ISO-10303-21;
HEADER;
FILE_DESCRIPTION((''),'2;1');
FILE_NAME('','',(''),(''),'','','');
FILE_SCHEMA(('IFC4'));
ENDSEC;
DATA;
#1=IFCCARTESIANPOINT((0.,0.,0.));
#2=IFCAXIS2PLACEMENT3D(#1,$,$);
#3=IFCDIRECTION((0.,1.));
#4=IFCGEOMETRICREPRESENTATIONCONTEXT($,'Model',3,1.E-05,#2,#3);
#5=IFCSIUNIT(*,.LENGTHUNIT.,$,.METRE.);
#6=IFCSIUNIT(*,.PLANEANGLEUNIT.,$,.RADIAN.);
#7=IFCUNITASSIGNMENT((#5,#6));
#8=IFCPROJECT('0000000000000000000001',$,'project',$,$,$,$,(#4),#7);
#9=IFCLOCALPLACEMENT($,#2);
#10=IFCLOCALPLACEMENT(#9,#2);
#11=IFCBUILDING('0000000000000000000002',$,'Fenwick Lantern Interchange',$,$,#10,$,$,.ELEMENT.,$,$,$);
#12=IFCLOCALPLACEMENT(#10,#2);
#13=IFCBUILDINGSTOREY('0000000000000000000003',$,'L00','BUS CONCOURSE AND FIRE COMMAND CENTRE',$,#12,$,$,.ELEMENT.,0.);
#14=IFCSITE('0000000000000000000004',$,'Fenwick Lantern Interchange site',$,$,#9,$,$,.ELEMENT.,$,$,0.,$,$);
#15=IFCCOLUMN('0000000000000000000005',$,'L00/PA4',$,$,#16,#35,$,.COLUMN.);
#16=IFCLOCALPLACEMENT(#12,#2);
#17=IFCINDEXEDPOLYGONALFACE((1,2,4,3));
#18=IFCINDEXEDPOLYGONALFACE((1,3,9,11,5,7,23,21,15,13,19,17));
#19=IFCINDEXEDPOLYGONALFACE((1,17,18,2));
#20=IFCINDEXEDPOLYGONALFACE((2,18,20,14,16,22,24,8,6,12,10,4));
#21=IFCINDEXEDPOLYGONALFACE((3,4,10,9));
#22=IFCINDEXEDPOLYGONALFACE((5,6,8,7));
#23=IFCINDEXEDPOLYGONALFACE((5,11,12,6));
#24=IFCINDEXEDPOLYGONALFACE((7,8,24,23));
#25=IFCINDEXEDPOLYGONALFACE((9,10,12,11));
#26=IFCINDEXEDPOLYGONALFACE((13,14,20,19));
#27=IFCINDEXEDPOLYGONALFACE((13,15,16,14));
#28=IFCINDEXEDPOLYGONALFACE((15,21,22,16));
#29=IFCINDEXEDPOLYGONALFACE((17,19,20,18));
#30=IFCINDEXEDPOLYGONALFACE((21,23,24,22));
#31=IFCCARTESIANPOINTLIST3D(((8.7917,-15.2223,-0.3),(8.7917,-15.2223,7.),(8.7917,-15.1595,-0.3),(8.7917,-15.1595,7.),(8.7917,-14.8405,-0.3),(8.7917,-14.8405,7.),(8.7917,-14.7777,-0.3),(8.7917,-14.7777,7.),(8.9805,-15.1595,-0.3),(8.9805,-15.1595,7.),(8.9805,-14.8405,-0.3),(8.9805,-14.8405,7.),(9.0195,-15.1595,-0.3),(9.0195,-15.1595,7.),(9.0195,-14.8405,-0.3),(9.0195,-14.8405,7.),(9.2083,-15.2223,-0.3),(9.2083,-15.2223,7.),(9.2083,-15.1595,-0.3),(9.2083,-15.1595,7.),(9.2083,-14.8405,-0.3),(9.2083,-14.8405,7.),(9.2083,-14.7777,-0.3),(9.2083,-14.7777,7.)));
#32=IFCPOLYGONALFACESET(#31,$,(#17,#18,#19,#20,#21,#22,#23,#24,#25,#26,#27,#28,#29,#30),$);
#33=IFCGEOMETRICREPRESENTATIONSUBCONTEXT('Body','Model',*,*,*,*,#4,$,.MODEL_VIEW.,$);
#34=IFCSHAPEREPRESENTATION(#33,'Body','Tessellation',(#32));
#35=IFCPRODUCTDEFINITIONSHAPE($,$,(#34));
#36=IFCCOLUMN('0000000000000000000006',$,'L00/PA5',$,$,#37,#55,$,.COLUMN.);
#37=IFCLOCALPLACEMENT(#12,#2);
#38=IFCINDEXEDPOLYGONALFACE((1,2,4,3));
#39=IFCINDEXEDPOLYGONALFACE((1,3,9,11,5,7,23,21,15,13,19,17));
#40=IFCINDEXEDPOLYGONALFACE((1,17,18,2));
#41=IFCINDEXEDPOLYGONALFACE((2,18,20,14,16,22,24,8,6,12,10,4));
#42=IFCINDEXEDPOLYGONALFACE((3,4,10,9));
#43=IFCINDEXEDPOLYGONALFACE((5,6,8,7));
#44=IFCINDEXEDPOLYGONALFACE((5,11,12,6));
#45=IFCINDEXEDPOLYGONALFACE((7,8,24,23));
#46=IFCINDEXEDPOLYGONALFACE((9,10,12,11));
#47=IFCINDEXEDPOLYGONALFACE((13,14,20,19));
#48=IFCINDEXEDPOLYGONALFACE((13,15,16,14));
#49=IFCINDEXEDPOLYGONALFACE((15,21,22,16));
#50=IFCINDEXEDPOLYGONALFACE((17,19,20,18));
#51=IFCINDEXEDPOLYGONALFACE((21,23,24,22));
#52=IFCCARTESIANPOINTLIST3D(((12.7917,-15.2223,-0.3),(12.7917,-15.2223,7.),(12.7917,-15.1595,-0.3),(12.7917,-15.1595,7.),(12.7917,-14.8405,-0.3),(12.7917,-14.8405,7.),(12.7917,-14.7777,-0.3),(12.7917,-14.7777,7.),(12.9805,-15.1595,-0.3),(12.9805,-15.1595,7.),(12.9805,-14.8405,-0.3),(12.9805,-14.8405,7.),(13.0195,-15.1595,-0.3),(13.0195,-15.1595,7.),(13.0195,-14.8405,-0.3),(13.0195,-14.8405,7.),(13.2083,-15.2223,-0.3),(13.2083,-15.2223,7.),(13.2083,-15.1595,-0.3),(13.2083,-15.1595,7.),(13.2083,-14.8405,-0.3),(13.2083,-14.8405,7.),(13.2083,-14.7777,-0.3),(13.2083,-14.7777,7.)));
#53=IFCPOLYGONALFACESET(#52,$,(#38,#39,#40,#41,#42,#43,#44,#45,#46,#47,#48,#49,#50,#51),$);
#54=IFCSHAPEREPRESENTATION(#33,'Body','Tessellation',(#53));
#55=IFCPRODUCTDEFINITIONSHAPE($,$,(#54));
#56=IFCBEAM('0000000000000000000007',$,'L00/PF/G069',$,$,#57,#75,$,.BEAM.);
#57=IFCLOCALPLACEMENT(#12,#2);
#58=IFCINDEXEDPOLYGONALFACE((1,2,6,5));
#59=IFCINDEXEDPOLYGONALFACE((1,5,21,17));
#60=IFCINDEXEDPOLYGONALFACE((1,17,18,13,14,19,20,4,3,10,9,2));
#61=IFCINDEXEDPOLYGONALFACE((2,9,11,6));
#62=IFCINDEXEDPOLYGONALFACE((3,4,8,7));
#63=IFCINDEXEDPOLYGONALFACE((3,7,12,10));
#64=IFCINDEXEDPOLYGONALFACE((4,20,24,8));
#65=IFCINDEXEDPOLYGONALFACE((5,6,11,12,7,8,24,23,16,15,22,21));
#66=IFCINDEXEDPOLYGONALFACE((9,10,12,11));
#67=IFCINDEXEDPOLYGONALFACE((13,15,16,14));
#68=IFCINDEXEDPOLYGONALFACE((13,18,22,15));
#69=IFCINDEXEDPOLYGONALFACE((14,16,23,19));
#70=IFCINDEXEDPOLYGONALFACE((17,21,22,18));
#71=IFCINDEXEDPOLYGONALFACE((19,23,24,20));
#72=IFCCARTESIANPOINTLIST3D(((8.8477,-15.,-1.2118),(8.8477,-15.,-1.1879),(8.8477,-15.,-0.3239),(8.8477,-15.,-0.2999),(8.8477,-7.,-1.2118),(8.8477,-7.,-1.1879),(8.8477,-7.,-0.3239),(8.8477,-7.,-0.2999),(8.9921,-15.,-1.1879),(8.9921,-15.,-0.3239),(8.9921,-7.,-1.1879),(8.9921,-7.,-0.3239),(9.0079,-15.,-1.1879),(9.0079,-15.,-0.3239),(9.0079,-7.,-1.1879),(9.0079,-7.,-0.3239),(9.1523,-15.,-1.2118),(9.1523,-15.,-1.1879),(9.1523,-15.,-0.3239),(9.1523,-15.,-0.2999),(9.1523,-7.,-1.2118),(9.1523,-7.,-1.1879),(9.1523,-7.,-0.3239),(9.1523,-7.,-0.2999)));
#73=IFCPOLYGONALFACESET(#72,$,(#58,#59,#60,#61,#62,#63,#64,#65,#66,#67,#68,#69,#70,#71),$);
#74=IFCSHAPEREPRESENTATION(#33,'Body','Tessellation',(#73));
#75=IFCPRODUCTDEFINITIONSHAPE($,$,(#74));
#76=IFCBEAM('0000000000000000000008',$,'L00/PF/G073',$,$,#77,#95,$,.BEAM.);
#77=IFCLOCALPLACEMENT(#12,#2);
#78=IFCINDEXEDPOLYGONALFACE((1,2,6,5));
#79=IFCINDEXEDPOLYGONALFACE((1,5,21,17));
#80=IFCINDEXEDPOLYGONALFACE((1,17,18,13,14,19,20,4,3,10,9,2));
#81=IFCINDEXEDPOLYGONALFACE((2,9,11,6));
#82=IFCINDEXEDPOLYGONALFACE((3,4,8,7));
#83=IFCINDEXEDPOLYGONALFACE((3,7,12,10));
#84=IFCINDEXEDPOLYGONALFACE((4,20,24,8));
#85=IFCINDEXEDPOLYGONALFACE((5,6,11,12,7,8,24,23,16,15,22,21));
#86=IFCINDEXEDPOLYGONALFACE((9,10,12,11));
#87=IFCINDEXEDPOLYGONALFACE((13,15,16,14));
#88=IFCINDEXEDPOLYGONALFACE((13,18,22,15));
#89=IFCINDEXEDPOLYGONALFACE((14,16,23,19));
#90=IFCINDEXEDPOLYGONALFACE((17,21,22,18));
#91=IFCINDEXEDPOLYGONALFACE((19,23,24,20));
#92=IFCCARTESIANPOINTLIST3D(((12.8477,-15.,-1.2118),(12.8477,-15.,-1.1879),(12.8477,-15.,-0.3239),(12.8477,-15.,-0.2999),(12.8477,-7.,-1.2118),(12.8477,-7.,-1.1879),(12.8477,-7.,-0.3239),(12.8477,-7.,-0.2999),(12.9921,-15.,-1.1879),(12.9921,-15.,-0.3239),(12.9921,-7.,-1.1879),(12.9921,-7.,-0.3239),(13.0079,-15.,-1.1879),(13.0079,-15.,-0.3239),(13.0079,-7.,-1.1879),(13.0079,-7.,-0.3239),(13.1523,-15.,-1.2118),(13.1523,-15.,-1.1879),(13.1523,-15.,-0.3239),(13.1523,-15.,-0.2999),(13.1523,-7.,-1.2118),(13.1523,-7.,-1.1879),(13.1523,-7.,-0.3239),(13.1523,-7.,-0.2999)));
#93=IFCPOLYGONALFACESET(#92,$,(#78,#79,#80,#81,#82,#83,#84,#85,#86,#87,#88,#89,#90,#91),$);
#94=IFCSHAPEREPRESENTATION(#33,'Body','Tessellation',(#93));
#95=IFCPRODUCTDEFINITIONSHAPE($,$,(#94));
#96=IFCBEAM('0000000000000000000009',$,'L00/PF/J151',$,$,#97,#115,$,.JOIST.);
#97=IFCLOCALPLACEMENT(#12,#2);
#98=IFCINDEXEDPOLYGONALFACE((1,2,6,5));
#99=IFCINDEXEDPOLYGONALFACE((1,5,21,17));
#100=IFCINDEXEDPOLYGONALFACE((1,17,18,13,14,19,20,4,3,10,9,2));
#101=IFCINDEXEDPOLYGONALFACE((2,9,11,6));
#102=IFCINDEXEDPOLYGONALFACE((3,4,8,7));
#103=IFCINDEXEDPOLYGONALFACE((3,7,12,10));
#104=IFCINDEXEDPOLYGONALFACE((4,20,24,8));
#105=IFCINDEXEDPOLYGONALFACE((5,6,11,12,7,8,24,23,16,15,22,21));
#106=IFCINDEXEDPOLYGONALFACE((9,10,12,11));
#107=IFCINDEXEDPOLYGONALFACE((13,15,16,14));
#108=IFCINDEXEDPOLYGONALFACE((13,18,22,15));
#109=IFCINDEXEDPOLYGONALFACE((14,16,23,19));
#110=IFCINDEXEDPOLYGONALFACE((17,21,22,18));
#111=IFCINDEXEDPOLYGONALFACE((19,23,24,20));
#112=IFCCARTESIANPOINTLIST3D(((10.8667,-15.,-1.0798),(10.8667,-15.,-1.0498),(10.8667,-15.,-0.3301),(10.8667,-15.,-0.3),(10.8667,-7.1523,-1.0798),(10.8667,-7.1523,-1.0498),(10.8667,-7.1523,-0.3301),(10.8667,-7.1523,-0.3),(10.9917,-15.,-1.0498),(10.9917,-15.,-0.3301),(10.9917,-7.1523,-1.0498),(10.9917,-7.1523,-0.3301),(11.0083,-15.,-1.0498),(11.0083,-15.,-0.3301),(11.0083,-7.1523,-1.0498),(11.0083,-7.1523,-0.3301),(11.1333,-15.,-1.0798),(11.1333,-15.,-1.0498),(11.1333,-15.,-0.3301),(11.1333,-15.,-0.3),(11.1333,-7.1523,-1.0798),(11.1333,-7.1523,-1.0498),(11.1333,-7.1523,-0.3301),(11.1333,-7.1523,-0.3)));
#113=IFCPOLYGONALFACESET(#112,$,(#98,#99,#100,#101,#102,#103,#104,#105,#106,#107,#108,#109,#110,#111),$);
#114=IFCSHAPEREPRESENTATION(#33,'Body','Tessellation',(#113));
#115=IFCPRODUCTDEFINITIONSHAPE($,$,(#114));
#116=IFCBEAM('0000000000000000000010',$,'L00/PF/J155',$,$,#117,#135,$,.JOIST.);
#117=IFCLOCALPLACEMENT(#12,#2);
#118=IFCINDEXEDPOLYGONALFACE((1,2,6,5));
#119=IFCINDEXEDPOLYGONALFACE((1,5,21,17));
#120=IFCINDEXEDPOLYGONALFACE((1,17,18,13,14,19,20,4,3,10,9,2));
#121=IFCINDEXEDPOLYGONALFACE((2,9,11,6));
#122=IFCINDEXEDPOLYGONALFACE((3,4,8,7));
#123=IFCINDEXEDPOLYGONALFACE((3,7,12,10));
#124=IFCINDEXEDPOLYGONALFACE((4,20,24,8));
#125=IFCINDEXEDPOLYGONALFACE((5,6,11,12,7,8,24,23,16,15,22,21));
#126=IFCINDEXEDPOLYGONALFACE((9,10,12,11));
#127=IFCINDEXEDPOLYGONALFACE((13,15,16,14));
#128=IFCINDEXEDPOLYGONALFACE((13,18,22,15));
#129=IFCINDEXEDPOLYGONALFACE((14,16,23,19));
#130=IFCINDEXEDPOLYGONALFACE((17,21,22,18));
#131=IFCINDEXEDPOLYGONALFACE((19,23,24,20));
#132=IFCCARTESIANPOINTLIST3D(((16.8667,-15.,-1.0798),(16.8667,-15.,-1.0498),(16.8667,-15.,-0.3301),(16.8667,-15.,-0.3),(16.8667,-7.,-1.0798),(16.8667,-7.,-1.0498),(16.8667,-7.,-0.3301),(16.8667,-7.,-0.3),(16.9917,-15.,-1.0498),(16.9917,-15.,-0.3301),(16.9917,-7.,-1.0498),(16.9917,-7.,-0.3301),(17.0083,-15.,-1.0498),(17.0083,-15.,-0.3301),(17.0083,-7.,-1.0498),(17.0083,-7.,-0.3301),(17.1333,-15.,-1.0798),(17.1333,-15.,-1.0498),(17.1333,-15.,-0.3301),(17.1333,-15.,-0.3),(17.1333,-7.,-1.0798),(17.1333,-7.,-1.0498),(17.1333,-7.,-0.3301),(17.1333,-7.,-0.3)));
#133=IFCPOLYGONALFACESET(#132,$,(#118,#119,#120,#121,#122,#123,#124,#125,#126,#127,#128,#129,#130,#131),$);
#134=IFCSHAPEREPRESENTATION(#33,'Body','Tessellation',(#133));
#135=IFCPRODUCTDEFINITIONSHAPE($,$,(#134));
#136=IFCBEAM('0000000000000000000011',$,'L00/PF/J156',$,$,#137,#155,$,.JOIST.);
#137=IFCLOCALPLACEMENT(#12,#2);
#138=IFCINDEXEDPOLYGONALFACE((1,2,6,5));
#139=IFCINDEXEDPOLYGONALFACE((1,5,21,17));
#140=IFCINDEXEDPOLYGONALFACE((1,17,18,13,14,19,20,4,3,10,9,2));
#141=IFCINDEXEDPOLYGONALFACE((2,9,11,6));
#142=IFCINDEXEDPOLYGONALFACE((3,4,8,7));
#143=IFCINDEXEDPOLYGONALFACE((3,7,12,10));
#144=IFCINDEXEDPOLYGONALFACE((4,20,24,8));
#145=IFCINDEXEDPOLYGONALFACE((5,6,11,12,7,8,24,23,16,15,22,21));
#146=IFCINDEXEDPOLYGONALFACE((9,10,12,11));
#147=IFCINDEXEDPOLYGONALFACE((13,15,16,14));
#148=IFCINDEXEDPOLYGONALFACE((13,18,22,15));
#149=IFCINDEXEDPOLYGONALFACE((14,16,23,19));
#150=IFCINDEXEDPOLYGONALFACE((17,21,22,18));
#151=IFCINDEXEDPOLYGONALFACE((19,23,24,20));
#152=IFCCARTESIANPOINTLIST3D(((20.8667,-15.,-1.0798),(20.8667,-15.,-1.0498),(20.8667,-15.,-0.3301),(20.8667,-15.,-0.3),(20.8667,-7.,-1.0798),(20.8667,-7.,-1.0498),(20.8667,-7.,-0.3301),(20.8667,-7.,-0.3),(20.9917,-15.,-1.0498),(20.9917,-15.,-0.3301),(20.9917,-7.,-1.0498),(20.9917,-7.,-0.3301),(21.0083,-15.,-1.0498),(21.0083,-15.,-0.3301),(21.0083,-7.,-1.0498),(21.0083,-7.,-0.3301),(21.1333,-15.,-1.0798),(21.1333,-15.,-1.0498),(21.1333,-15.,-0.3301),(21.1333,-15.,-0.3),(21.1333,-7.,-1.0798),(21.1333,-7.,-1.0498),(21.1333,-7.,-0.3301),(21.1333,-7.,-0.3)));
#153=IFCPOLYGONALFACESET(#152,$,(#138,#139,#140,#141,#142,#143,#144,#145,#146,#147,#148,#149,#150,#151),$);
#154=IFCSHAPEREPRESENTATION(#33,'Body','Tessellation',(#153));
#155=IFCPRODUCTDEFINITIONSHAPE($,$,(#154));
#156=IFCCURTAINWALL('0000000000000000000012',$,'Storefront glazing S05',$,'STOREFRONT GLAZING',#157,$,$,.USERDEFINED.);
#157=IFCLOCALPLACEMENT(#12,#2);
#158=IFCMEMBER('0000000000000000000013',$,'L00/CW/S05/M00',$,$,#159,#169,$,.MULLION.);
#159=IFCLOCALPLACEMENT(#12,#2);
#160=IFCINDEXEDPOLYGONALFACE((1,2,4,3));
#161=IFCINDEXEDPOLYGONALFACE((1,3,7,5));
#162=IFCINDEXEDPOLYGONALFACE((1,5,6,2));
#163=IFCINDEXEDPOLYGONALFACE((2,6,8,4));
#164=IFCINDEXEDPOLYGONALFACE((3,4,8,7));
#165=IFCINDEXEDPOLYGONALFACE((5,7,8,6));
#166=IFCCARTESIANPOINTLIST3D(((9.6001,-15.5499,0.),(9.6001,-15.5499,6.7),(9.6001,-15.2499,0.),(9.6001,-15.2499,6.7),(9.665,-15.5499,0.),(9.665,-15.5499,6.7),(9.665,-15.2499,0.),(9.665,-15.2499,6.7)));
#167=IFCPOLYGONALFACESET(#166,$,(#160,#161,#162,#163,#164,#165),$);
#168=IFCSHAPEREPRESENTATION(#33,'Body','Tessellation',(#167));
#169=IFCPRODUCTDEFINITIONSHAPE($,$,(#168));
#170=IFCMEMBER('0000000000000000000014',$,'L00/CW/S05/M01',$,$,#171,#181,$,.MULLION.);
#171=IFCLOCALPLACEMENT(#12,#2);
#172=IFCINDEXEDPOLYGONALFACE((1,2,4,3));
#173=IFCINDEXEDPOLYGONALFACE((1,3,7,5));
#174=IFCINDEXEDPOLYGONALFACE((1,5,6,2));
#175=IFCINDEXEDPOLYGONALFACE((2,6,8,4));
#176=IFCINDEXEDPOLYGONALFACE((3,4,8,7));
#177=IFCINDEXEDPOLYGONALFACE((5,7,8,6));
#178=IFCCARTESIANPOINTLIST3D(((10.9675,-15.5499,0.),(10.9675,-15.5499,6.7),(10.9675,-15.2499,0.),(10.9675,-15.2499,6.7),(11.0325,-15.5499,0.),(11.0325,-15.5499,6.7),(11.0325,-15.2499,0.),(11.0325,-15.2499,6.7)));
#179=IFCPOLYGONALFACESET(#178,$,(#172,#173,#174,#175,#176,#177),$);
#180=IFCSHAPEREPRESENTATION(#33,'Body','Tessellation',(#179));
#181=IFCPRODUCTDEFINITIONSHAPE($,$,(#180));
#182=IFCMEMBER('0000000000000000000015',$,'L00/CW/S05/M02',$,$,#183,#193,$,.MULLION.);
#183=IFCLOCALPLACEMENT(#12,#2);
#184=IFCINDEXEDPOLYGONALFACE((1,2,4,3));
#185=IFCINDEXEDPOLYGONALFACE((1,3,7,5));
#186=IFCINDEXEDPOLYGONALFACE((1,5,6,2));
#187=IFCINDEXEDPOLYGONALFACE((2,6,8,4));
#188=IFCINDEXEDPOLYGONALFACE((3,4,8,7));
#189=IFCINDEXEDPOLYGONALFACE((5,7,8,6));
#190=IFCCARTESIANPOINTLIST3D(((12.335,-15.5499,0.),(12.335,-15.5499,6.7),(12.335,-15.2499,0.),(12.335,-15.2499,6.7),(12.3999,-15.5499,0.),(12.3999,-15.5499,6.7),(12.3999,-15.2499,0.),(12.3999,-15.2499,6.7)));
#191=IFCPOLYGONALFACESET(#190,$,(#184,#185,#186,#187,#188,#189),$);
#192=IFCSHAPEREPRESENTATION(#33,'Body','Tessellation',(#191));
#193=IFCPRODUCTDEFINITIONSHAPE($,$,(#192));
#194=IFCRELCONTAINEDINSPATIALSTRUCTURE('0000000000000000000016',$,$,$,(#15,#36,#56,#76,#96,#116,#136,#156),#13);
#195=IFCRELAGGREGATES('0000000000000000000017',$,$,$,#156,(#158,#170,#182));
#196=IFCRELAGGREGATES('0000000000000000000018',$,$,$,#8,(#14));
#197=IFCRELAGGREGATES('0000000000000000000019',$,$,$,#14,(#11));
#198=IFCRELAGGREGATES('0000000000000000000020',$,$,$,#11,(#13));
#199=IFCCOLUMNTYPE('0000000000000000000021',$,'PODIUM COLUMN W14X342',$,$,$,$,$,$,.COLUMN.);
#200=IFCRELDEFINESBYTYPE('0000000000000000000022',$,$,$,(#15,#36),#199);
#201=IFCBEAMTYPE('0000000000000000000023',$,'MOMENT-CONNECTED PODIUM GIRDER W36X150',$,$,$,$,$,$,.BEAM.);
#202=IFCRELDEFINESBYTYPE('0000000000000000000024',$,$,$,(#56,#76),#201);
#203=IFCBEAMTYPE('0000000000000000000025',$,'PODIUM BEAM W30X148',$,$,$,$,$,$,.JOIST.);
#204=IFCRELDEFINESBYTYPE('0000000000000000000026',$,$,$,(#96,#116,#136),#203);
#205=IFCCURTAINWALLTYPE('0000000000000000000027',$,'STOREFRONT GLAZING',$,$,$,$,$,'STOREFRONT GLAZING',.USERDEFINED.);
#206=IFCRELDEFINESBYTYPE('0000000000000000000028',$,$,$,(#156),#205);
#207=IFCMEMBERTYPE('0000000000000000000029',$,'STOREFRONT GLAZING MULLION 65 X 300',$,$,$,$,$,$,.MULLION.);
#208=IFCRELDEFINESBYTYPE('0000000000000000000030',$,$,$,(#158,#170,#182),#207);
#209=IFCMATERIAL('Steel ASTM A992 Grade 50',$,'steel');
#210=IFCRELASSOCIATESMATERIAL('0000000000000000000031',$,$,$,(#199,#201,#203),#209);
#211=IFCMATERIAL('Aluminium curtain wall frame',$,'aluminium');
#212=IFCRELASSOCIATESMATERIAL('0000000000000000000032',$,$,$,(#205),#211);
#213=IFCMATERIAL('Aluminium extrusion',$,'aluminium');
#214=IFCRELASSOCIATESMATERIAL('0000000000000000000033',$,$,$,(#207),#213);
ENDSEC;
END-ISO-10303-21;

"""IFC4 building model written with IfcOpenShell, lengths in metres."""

from ifc_helpers import new_model, si_unit, direction, frame, origin, origin_2d, place, context, subcontext, project, spatial, rectangle, i_section, extrude, material, material_profile, profile_set, type_object, element, aggregate, save


model = new_model("IFC4")

# Units and contexts
model_context = context("Model", 3, precision=1e-05, world=origin(), true_north=direction((0.0, 1.0)))
body_context = subcontext(model_context, "Body", "Model", "MODEL_VIEW")
ifc_project = project(units=[si_unit("LENGTHUNIT", "METRE"), si_unit("PLANEANGLEUNIT", "RADIAN")], contexts=[model_context])

# Site, building, storey
site_placement = place(None, origin())
site = spatial("IfcSite", under=ifc_project, at=site_placement, Name="Fenwick Lantern Interchange site", CompositionType="ELEMENT", RefElevation=0.0)
building_placement = place(site_placement, origin())
building = spatial("IfcBuilding", under=site, at=building_placement, Name="Fenwick Lantern Interchange", CompositionType="ELEMENT")
storey_placement = place(building_placement, origin())
storey = spatial("IfcBuildingStorey", under=building, at=storey_placement, Name="L00", Description="BUS CONCOURSE AND FIRE COMMAND CENTRE", CompositionType="ELEMENT", Elevation=0.0)

# Columns
ifc_material_1 = material(Name="Steel ASTM A992 Grade 50", Category="steel")
ifc_material_profile_1 = material_profile(ifc_material_1, i_section(OverallWidth=0.4165, OverallDepth=0.4446, WebThickness=0.0391, FlangeThickness=0.0627, at=origin_2d()), Name="W14X342")
ifc_profile_set_1 = profile_set([ifc_material_profile_1], Name="Steel ASTM A992 Grade 50")
column_type = type_object("IfcColumnType", Name="PODIUM COLUMN W14X342", PredefinedType="COLUMN", material=ifc_profile_set_1)
for number, where, z_axis, x_axis, name in (
    (1, (9.0, -15.0, -0.3), (0.0, 0.0, 1.0), (1.0, 0.0, 0.0), "L00/PA4"),
    (2, (13.0, -15.0, -0.3), (0.0, 0.0, 1.0), (1.0, 0.0, 0.0), "L00/PA5"),
):
    element("IfcColumn", number, at=place(storey_placement, frame(where, z_axis=z_axis, x_axis=x_axis)), inside=storey, type_object=column_type, Name=name, PredefinedType="COLUMN", context=body_context, shape_type="SweptSolid", body=[
        extrude(i_section(OverallWidth=0.4165, OverallDepth=0.4446, WebThickness=0.0391, FlangeThickness=0.0627, at=origin_2d()), origin(), (0.0, 0.0, 1.0), 7.3),
    ])

# Beams
ifc_material_profile_2 = material_profile(ifc_material_1, i_section(OverallWidth=0.3047, OverallDepth=0.9119, WebThickness=0.0159, FlangeThickness=0.0239, at=origin_2d()), Name="W36X150")
ifc_profile_set_2 = profile_set([ifc_material_profile_2], Name="Steel ASTM A992 Grade 50")
beam_type_1 = type_object("IfcBeamType", Name="MOMENT-CONNECTED PODIUM GIRDER W36X150", PredefinedType="BEAM", material=ifc_profile_set_2)
for number, where, z_axis, x_axis, name in (
    (3, (9.0, -15.0, -0.7559), (0.0, 1.0, 0.0), (-1.0, 0.0, 0.0), "L00/PF/G069"),
    (4, (13.0, -15.0, -0.7559), (0.0, 1.0, 0.0), (-1.0, 0.0, 0.0), "L00/PF/G073"),
):
    element("IfcBeam", number, at=place(storey_placement, frame(where, z_axis=z_axis, x_axis=x_axis)), inside=storey, type_object=beam_type_1, Name=name, PredefinedType="BEAM", context=body_context, shape_type="SweptSolid", body=[
        extrude(i_section(OverallWidth=0.3047, OverallDepth=0.9119, WebThickness=0.0159, FlangeThickness=0.0239, at=origin_2d()), origin(), (0.0, 0.0, 1.0), 8.0),
    ])
ifc_material_profile_3 = material_profile(ifc_material_1, i_section(OverallWidth=0.2666, OverallDepth=0.7798, WebThickness=0.0166, FlangeThickness=0.03, at=origin_2d()), Name="W30X148")
ifc_profile_set_3 = profile_set([ifc_material_profile_3], Name="Steel ASTM A992 Grade 50")
beam_type_2 = type_object("IfcBeamType", Name="PODIUM BEAM W30X148", PredefinedType="JOIST", material=ifc_profile_set_3)
beam_placement = place(storey_placement, frame((11.0, -15.0, -0.6899), z_axis=(0.0, 1.0, 0.0), x_axis=(-1.0, 0.0, 0.0)))
element("IfcBeam", 5, at=beam_placement, inside=storey, type_object=beam_type_2, Name="L00/PF/J151", PredefinedType="JOIST", context=body_context, shape_type="SweptSolid", body=[
    extrude(i_section(OverallWidth=0.2666, OverallDepth=0.7798, WebThickness=0.0166, FlangeThickness=0.03, at=origin_2d()), origin(), (0.0, 0.0, 1.0), 7.8477),
])
for number, where, z_axis, x_axis, name in (
    (6, (17.0, -15.0, -0.6899), (0.0, 1.0, 0.0), (-1.0, 0.0, 0.0), "L00/PF/J155"),
    (7, (21.0, -15.0, -0.6899), (0.0, 1.0, 0.0), (-1.0, 0.0, 0.0), "L00/PF/J156"),
):
    element("IfcBeam", number, at=place(storey_placement, frame(where, z_axis=z_axis, x_axis=x_axis)), inside=storey, type_object=beam_type_2, Name=name, PredefinedType="JOIST", context=body_context, shape_type="SweptSolid", body=[
        extrude(i_section(OverallWidth=0.2666, OverallDepth=0.7798, WebThickness=0.0166, FlangeThickness=0.03, at=origin_2d()), origin(), (0.0, 0.0, 1.0), 8.0),
    ])

# Curtain wall, members
ifc_material_2 = material(Name="Aluminium curtain wall frame", Category="aluminium")
curtain_wall_type = type_object("IfcCurtainWallType", Name="STOREFRONT GLAZING", ElementType="STOREFRONT GLAZING", PredefinedType="USERDEFINED", material=ifc_material_2)
curtain_wall_1_placement = place(storey_placement, origin())
curtain_wall_1 = element("IfcCurtainWall", 8, at=curtain_wall_1_placement, inside=storey, type_object=curtain_wall_type, Name="Storefront glazing S05", ObjectType="STOREFRONT GLAZING", PredefinedType="USERDEFINED")
ifc_material_3 = material(Name="Aluminium extrusion", Category="aluminium")
ifc_material_profile_4 = material_profile(ifc_material_3, rectangle(XDim=0.3, YDim=0.0649, at=origin_2d()), Name="STOREFRONT GLAZING MULLION 65 X 300")
ifc_profile_set_4 = profile_set([ifc_material_profile_4], Name="Aluminium extrusion")
member_type_1 = type_object("IfcMemberType", Name="STOREFRONT GLAZING MULLION 65 X 300", PredefinedType="MULLION", material=ifc_profile_set_4)
member_1_placement = place(storey_placement, frame((9.6326, -15.3999, 0.0), z_axis=(0.0, 0.0, 1.0), x_axis=(0.0, 1.0, 0.0)))
member_1 = element("IfcMember", 9, at=member_1_placement, type_object=member_type_1, Name="L00/CW/S05/M00", PredefinedType="MULLION", context=body_context, shape_type="SweptSolid", body=[
    extrude(rectangle(XDim=0.3, YDim=0.0649, at=origin_2d()), origin(), (0.0, 0.0, 1.0), 6.7),
])
member_2_placement = place(storey_placement, frame((11.0, -15.3999, 0.0), z_axis=(0.0, 0.0, 1.0), x_axis=(0.0, 1.0, 0.0)))
member_2 = element("IfcMember", 10, at=member_2_placement, type_object=member_type_1, Name="L00/CW/S05/M01", PredefinedType="MULLION", context=body_context, shape_type="SweptSolid", body=[
    extrude(rectangle(XDim=0.3, YDim=0.0649, at=origin_2d()), origin(), (0.0, 0.0, 1.0), 6.7),
])
member_3_placement = place(storey_placement, frame((12.3674, -15.3999, 0.0), z_axis=(0.0, 0.0, 1.0), x_axis=(0.0, 1.0, 0.0)))
member_3 = element("IfcMember", 11, at=member_3_placement, type_object=member_type_1, Name="L00/CW/S05/M02", PredefinedType="MULLION", context=body_context, shape_type="SweptSolid", body=[
    extrude(rectangle(XDim=0.3, YDim=0.0649, at=origin_2d()), origin(), (0.0, 0.0, 1.0), 6.7),
])

aggregate(curtain_wall_1, [member_1, member_2, member_3])

save(model, "model.ifc")
